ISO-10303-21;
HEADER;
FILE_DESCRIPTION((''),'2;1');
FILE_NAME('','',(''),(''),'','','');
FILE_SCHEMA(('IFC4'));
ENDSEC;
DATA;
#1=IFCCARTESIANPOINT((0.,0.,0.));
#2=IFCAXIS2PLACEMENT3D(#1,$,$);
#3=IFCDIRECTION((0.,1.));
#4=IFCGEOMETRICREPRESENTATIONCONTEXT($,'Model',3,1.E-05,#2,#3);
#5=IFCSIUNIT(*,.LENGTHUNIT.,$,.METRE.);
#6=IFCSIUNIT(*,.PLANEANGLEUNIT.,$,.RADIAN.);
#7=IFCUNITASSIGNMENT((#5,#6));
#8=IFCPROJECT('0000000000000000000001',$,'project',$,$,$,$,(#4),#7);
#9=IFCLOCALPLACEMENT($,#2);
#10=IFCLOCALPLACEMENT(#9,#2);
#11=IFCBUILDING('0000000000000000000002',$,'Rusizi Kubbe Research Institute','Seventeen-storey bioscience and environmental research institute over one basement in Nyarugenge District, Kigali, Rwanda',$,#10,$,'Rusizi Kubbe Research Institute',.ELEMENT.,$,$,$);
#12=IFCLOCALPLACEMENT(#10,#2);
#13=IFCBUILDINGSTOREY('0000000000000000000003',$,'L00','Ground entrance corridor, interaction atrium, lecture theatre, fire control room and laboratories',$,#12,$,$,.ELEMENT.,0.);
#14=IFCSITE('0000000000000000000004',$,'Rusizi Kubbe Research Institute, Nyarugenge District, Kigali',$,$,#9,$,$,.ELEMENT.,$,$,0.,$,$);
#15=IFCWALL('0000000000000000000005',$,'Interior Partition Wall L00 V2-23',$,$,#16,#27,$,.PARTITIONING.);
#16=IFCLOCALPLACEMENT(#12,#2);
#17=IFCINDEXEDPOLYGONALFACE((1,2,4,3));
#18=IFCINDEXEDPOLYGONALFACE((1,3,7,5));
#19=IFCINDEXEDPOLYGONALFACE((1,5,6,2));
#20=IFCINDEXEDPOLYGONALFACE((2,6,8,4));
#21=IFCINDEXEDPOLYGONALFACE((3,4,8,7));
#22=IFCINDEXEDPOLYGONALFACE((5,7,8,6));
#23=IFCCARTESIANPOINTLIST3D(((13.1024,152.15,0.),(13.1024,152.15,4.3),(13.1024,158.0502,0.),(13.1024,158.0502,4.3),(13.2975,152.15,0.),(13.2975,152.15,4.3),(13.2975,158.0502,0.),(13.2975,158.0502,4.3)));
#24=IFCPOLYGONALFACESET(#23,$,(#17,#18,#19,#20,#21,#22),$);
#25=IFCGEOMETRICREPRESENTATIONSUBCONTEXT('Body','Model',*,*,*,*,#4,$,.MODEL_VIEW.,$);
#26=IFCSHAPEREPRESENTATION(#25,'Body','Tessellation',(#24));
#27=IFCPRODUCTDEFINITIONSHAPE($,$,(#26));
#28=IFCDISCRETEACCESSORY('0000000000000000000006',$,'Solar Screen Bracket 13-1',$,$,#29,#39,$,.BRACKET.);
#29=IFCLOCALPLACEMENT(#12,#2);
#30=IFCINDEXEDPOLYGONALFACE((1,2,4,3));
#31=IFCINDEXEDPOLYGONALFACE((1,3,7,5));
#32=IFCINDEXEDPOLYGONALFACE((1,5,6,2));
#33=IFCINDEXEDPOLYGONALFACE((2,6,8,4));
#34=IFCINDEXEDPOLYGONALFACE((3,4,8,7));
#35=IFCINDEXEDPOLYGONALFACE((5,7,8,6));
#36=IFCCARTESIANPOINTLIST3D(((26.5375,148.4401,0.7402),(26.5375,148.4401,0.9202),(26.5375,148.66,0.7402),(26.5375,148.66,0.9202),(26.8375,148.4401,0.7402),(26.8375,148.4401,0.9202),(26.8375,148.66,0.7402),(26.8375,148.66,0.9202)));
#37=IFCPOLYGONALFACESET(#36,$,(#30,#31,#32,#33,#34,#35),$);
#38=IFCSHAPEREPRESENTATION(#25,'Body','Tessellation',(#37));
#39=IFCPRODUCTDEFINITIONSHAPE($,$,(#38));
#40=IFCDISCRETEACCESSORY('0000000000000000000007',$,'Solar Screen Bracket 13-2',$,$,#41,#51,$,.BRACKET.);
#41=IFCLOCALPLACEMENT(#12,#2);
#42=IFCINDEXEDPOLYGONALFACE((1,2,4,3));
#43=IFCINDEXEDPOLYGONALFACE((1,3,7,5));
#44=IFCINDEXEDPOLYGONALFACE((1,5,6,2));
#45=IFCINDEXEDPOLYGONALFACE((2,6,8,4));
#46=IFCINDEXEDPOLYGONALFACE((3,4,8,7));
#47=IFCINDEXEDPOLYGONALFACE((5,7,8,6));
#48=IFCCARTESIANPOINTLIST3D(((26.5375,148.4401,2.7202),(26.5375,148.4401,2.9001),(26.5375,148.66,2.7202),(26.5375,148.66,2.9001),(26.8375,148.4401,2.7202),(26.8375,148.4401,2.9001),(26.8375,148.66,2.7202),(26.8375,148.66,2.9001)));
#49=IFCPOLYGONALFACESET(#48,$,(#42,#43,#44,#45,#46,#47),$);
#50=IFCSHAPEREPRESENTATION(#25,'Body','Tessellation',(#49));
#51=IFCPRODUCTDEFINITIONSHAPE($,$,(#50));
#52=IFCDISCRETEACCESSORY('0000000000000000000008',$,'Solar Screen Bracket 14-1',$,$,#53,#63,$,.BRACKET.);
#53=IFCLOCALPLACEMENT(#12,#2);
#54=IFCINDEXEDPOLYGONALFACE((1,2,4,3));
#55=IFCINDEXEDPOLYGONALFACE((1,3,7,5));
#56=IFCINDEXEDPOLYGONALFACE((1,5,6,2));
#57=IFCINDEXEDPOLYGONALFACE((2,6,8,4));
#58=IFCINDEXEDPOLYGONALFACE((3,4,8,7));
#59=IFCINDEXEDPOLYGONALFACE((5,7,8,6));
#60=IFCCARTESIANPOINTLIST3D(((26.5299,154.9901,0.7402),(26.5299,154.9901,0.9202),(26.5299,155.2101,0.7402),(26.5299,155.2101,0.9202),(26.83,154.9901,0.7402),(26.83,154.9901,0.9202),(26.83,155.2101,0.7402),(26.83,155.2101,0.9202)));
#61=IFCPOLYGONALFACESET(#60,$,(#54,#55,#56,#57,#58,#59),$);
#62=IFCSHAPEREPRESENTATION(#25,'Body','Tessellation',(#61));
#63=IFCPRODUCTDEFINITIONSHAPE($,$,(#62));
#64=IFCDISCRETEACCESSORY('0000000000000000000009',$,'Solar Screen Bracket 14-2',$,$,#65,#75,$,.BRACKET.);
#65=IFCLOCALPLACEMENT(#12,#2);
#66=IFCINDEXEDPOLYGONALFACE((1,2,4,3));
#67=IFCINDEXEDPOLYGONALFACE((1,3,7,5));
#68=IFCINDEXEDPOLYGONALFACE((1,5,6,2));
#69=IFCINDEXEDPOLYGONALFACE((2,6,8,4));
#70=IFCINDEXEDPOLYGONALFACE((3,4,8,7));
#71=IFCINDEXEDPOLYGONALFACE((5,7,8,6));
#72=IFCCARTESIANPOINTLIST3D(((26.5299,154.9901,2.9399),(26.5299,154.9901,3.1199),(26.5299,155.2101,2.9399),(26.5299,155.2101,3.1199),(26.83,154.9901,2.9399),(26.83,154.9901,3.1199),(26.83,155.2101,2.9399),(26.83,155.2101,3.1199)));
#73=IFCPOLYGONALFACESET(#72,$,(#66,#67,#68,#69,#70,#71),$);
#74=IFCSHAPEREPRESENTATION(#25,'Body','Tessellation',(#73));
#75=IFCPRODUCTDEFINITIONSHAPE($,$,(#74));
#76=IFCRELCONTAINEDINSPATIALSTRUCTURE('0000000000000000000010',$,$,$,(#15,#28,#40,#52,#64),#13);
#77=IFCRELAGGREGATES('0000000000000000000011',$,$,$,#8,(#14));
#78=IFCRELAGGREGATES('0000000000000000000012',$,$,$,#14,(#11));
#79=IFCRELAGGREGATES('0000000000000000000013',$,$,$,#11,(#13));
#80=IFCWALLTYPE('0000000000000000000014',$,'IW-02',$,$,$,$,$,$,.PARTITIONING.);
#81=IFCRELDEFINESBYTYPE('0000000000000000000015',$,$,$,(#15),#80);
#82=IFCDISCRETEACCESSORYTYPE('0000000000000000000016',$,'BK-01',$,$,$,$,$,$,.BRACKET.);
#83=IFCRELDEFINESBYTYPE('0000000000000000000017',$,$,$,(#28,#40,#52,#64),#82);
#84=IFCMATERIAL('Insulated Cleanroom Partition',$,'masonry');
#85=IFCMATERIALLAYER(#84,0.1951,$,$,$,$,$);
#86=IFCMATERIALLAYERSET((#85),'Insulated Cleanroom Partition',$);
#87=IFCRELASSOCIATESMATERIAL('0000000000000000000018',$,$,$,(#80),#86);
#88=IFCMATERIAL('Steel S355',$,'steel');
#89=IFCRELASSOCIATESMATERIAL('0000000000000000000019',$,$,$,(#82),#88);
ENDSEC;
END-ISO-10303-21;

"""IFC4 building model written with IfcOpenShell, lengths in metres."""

from ifc_helpers import new_model, si_unit, direction, frame, frame_2d, origin, origin_2d, place, context, subcontext, project, spatial, rectangle, extrude, material, layer, layer_set, type_object, element, save


model = new_model("IFC4")

# Units and contexts
model_context = context("Model", 3, precision=1e-05, world=origin(), true_north=direction((0.0, 1.0)))
body_context = subcontext(model_context, "Body", "Model", "MODEL_VIEW")
ifc_project = project(units=[si_unit("LENGTHUNIT", "METRE"), si_unit("PLANEANGLEUNIT", "RADIAN")], contexts=[model_context])

# Site, building, storey
site_placement = place(None, origin())
site = spatial("IfcSite", under=ifc_project, at=site_placement, Name="Rusizi Kubbe Research Institute, Nyarugenge District, Kigali", CompositionType="ELEMENT", RefElevation=0.0)
building_placement = place(site_placement, origin())
building = spatial("IfcBuilding", under=site, at=building_placement, Name="Rusizi Kubbe Research Institute", Description="Seventeen-storey bioscience and environmental research institute over one basement in Nyarugenge District, Kigali, Rwanda", LongName="Rusizi Kubbe Research Institute", CompositionType="ELEMENT")
storey_placement = place(building_placement, origin())
storey = spatial("IfcBuildingStorey", under=building, at=storey_placement, Name="L00", Description="Ground entrance corridor, interaction atrium, lecture theatre, fire control room and laboratories", CompositionType="ELEMENT", Elevation=0.0)

# Wall
ifc_material_1 = material(Name="Insulated Cleanroom Partition", Category="masonry")
ifc_layer_1 = layer(ifc_material_1, 0.1951)
ifc_layer_set_1 = layer_set([ifc_layer_1], Name="Insulated Cleanroom Partition")
wall_type_1 = type_object("IfcWallType", Name="IW-02", PredefinedType="PARTITIONING", material=ifc_layer_set_1)
wall_1_placement = place(storey_placement, frame((13.2, 152.1499, 0.0), z_axis=(0.0, 0.0, 1.0), x_axis=(0.0, 1.0, 0.0)))
element("IfcWall", 1, at=wall_1_placement, inside=storey, type_object=wall_type_1, Name="Interior Partition Wall L00 V2-23", PredefinedType="PARTITIONING", context=body_context, shape_type="SweptSolid", body=[
    extrude(rectangle(XDim=5.9001, YDim=0.1951, at=frame_2d((2.9502, 0.0))), origin(), (0.0, 0.0, 1.0), 4.3),
])

# Discrete accessories
ifc_material_2 = material(Name="Steel S355", Category="steel")
discrete_accessory_type = type_object("IfcDiscreteAccessoryType", Name="BK-01", PredefinedType="BRACKET", material=ifc_material_2)
for number, where, z_axis, x_axis, name in (
    (2, (26.6875, 148.55, 0.7402), (0.0, 0.0, 1.0), (1.0, 0.0, 0.0), "Solar Screen Bracket 13-1"),
    (3, (26.6875, 148.55, 2.7202), (0.0, 0.0, 1.0), (1.0, 0.0, 0.0), "Solar Screen Bracket 13-2"),
    (4, (26.6799, 155.1001, 0.7402), (0.0, 0.0, 1.0), (1.0, 0.0, 0.0), "Solar Screen Bracket 14-1"),
    (5, (26.6799, 155.1001, 2.9399), (0.0, 0.0, 1.0), (1.0, 0.0, 0.0), "Solar Screen Bracket 14-2"),
):
    element("IfcDiscreteAccessory", number, at=place(storey_placement, frame(where, z_axis=z_axis, x_axis=x_axis)), inside=storey, type_object=discrete_accessory_type, Name=name, PredefinedType="BRACKET", context=body_context, shape_type="SweptSolid", body=[
        extrude(rectangle(XDim=0.3, YDim=0.22, at=origin_2d()), origin(), (0.0, 0.0, 1.0), 0.1799),
    ])

save(model, "model.ifc")
